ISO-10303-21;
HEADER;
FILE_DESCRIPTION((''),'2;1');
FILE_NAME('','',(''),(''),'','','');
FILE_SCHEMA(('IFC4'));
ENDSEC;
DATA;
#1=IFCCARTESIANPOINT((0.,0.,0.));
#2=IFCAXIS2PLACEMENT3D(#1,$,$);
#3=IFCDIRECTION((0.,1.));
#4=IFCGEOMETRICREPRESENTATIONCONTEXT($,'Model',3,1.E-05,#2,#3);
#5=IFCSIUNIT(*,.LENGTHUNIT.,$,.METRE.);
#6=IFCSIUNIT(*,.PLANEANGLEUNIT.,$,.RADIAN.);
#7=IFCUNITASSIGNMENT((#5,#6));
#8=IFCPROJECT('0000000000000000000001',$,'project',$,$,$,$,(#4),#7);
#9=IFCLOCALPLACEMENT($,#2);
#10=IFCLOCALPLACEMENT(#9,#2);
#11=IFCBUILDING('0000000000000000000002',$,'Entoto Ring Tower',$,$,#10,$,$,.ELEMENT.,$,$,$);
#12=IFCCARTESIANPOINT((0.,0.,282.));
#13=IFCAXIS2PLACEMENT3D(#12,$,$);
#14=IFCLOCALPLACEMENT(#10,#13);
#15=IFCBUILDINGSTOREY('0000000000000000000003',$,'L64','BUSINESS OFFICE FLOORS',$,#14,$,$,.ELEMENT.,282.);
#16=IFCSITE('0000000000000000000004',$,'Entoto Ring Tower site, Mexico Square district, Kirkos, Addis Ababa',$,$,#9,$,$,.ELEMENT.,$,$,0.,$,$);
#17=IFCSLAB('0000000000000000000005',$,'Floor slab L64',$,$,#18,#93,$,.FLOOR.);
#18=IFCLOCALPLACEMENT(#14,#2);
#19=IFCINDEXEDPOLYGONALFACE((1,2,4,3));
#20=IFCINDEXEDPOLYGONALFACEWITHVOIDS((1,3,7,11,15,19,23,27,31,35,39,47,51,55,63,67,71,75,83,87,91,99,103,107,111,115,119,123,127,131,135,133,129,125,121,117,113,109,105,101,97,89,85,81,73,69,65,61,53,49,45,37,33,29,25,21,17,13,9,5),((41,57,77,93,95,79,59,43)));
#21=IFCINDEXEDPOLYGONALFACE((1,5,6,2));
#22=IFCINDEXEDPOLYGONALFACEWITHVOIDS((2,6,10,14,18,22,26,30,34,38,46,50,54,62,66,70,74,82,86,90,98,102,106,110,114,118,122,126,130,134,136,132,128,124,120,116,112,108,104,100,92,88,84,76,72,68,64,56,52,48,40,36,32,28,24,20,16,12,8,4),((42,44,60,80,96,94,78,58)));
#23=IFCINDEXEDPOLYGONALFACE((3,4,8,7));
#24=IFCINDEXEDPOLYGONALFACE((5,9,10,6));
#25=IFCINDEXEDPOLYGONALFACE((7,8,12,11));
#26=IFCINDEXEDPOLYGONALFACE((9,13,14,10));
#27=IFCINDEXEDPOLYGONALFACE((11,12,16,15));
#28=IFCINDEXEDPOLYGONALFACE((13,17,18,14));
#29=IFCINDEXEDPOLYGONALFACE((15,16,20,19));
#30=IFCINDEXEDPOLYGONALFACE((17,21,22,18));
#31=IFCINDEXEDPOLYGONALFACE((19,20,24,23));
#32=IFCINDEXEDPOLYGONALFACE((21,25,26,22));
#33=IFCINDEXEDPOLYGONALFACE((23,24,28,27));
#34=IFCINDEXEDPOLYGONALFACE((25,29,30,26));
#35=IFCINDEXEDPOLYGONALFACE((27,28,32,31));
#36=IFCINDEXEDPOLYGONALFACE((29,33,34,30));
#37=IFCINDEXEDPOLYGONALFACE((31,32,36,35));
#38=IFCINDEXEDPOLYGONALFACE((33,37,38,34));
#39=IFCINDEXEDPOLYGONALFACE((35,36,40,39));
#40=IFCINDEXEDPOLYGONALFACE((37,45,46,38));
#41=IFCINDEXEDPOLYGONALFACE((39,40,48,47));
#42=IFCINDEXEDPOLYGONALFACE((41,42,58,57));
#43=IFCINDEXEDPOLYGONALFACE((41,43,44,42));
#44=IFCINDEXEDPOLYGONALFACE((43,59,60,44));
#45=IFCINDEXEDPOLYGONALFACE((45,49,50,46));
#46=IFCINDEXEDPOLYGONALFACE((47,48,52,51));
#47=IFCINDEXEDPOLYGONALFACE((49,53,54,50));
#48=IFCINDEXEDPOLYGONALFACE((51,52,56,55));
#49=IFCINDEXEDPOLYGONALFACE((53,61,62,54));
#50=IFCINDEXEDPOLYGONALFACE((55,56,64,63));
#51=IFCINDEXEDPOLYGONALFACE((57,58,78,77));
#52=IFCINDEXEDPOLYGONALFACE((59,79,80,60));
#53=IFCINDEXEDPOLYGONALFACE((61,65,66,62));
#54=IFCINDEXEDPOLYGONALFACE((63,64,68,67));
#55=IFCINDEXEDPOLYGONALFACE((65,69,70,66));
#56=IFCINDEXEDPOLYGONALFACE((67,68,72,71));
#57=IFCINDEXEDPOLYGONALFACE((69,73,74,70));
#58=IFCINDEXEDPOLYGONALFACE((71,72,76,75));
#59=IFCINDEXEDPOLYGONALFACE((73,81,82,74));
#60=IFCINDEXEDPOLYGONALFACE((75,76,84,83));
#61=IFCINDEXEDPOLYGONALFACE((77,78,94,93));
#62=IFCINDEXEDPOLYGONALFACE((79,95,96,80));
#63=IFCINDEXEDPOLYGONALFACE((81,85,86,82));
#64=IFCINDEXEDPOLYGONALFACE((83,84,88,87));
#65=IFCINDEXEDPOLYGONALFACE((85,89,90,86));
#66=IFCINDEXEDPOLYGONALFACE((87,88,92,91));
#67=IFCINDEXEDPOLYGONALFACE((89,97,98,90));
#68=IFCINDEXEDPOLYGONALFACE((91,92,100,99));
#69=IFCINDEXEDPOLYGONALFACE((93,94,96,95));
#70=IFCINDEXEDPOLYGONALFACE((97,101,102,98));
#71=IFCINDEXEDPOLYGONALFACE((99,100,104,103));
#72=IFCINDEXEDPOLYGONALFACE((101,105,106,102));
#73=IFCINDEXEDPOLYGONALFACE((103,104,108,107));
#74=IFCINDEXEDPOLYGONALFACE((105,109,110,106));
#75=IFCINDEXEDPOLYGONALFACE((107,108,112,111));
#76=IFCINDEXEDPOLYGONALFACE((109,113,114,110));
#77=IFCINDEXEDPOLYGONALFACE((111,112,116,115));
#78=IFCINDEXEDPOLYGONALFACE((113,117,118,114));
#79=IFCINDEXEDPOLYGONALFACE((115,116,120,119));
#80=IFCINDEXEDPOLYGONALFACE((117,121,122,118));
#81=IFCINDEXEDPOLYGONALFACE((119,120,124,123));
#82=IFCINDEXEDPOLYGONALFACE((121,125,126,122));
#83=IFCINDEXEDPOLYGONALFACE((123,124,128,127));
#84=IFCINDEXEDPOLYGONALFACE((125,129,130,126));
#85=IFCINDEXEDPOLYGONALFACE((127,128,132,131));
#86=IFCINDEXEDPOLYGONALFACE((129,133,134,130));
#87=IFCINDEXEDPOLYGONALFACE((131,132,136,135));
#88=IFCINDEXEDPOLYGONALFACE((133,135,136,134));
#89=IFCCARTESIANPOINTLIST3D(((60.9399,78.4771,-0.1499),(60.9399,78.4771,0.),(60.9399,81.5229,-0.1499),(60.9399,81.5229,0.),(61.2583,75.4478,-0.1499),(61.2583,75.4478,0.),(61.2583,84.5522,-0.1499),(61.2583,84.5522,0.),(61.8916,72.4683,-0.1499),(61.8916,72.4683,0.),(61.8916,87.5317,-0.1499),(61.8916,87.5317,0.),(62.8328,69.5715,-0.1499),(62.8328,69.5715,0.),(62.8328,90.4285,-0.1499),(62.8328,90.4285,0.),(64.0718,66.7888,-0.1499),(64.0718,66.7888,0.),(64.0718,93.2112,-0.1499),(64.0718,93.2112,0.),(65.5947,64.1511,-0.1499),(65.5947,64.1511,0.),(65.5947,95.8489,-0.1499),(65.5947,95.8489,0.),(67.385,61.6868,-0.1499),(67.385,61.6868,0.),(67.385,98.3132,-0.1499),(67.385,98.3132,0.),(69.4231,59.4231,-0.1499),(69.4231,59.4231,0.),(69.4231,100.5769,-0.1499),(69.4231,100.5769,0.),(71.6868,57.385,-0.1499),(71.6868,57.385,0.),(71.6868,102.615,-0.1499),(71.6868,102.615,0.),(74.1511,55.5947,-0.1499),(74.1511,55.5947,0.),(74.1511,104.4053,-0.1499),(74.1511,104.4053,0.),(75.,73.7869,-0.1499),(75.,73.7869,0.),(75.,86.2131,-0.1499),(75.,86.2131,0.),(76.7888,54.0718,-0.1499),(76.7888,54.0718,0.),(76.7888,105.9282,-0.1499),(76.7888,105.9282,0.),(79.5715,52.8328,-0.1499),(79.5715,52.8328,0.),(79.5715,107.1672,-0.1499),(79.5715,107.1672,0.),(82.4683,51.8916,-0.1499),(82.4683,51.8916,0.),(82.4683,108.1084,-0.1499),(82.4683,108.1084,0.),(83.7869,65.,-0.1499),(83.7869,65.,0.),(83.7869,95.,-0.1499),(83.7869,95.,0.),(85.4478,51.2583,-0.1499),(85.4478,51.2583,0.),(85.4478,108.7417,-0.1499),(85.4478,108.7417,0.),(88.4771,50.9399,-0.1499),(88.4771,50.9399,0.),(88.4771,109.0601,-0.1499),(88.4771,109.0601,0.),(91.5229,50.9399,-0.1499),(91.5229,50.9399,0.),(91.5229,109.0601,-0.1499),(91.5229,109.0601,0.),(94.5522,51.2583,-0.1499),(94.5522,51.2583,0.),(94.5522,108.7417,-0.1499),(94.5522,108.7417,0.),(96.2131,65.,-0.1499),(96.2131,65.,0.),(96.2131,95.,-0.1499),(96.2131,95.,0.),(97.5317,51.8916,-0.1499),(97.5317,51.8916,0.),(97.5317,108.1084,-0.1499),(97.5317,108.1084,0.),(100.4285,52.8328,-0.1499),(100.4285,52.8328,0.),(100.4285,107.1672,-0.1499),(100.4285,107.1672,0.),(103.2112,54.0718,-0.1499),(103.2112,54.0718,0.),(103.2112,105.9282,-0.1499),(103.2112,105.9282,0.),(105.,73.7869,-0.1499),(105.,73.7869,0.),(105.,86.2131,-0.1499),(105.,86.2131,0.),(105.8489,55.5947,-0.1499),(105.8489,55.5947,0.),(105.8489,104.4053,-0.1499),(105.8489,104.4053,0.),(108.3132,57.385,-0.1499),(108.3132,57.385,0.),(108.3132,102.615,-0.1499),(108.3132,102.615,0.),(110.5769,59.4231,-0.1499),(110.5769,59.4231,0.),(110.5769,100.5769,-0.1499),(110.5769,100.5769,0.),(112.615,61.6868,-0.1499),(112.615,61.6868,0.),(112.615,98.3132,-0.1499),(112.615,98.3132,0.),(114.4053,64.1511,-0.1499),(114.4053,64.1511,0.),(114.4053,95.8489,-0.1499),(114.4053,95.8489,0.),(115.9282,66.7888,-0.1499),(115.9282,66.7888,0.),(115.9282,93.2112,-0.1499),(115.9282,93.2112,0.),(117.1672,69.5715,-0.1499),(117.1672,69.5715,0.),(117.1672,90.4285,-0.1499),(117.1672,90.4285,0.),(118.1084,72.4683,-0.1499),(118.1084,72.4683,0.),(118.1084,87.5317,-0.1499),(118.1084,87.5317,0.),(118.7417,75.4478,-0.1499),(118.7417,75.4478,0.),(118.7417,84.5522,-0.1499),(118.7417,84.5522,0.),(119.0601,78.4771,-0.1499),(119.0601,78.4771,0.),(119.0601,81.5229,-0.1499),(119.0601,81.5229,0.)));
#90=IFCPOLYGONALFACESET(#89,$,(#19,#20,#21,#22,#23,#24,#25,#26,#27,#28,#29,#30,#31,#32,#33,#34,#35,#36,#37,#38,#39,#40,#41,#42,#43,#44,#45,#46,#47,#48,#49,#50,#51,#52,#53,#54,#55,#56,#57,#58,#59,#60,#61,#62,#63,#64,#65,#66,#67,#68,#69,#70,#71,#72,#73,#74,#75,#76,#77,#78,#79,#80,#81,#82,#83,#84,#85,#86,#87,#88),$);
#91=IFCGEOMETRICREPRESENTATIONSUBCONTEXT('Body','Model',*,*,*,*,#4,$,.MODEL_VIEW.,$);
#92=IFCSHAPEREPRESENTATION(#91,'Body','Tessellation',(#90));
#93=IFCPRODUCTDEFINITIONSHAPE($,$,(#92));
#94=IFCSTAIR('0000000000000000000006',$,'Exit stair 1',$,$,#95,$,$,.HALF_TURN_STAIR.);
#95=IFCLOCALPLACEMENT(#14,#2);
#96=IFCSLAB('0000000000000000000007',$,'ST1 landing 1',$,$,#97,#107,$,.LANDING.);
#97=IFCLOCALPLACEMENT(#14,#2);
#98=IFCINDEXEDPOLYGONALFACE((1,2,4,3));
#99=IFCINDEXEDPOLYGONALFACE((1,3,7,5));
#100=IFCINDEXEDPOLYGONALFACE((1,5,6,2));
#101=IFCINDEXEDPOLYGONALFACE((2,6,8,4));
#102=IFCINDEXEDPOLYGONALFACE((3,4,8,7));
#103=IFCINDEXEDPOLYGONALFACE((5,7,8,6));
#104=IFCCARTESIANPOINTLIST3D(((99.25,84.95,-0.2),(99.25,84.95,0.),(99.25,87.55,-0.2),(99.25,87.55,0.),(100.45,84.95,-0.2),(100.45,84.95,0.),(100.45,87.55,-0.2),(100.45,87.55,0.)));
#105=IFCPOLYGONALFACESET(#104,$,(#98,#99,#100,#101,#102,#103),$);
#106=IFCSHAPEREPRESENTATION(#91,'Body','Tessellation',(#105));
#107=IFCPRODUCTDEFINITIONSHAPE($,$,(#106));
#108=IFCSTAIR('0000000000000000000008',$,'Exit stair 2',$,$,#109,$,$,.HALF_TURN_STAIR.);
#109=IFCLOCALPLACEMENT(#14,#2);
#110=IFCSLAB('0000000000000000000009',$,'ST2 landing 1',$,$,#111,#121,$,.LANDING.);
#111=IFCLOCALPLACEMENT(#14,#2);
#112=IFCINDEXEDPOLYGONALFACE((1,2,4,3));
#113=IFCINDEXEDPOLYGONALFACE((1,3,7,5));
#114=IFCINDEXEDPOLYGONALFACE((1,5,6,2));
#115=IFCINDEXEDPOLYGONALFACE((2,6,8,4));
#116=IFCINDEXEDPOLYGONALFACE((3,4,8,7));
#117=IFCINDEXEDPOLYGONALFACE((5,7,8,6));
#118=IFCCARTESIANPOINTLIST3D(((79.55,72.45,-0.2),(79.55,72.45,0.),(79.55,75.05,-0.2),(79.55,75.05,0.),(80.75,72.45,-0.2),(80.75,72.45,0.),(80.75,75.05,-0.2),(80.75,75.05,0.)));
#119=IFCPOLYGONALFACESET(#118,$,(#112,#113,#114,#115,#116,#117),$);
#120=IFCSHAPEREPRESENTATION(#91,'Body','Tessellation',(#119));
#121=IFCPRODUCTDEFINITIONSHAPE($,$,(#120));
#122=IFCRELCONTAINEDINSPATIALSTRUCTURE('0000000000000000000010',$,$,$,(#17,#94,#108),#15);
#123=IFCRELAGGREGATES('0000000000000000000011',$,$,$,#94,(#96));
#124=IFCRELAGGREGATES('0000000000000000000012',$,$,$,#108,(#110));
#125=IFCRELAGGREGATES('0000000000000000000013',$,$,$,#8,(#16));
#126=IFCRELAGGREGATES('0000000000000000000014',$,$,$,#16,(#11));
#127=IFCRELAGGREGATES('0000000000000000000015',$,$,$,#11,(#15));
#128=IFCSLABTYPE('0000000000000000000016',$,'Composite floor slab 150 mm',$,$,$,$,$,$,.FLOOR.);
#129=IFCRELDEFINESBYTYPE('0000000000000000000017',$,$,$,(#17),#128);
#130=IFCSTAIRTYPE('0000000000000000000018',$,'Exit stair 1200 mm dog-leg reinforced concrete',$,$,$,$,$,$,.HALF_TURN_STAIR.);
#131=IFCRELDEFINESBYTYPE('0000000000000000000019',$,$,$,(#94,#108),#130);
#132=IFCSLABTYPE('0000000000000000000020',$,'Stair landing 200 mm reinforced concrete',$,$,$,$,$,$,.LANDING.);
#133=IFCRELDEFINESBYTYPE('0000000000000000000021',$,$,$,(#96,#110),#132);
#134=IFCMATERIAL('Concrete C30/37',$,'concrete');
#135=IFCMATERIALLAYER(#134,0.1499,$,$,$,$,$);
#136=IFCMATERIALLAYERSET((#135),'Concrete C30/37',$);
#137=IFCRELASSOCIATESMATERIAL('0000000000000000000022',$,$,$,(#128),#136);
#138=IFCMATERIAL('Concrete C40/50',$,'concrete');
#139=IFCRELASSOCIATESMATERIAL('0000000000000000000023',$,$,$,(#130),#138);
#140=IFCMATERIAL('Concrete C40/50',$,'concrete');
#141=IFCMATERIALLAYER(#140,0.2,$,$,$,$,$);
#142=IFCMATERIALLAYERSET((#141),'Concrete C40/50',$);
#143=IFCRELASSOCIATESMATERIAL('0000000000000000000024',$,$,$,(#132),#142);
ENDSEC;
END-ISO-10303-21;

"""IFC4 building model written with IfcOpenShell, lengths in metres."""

from ifc_helpers import new_model, si_unit, direction, frame, origin, place, context, subcontext, project, spatial, polyline, outline, extrude, material, layer, layer_set, type_object, element, aggregate, save


model = new_model("IFC4")

# Units and contexts
model_context = context("Model", 3, precision=1e-05, world=origin(), true_north=direction((0.0, 1.0)))
body_context = subcontext(model_context, "Body", "Model", "MODEL_VIEW")
ifc_project = project(units=[si_unit("LENGTHUNIT", "METRE"), si_unit("PLANEANGLEUNIT", "RADIAN")], contexts=[model_context])

# Site, building, storey
site_placement = place(None, origin())
building_placement = place(site_placement, origin())
storey_placement = place(building_placement, frame((0.0, 0.0, 282.0)))
site = spatial("IfcSite", under=ifc_project, at=site_placement, Name="Entoto Ring Tower site, Mexico Square district, Kirkos, Addis Ababa", CompositionType="ELEMENT", RefElevation=0.0)
building = spatial("IfcBuilding", under=site, at=building_placement, Name="Entoto Ring Tower", CompositionType="ELEMENT")
storey = spatial("IfcBuildingStorey", under=building, at=storey_placement, Name="L64", Description="BUSINESS OFFICE FLOORS", CompositionType="ELEMENT", Elevation=282.0)

# Slab
ifc_material_1 = material(Name="Concrete C30/37", Category="concrete")
ifc_layer_1 = layer(ifc_material_1, 0.1499)
ifc_layer_set_1 = layer_set([ifc_layer_1], Name="Concrete C30/37")
slab_type_1 = type_object("IfcSlabType", Name="Composite floor slab 150 mm", PredefinedType="FLOOR", material=ifc_layer_set_1)
slab_1_placement = place(storey_placement, frame((0.0, 0.0, -0.1499)))
element("IfcSlab", 1, at=slab_1_placement, inside=storey, type_object=slab_type_1, Name="Floor slab L64", PredefinedType="FLOOR", context=body_context, shape_type="SweptSolid", body=[
    extrude(outline(polyline([(118.7417, 84.5522), (118.1084, 87.5317), (117.1672, 90.4285), (115.9282, 93.2112), (114.4053, 95.8489), (112.615, 98.3132), (110.5769, 100.5769), (108.3132, 102.615), (105.8489, 104.4053), (103.2112, 105.9282), (100.4285, 107.1672), (97.5317, 108.1084), (94.5522, 108.7417), (91.5229, 109.0601), (88.4771, 109.0601), (85.4478, 108.7417), (82.4683, 108.1084), (79.5715, 107.1672), (76.7888, 105.9282), (74.1511, 104.4053), (71.6868, 102.615), (69.4231, 100.5769), (67.385, 98.3132), (65.5947, 95.8489), (64.0718, 93.2112), (62.8328, 90.4285), (61.8916, 87.5317), (61.2583, 84.5522), (60.9399, 81.5229), (60.9399, 78.4771), (61.2583, 75.4478), (61.8916, 72.4683), (62.8328, 69.5715), (64.0718, 66.7888), (65.5947, 64.1511), (67.385, 61.6868), (69.4231, 59.4231), (71.6868, 57.385), (74.1511, 55.5947), (76.7888, 54.0718), (79.5715, 52.8328), (82.4683, 51.8916), (85.4478, 51.2583), (88.4771, 50.9399), (91.5229, 50.9399), (94.5522, 51.2583), (97.5317, 51.8916), (100.4285, 52.8328), (103.2112, 54.0718), (105.8489, 55.5947), (108.3132, 57.385), (110.5769, 59.4231), (112.615, 61.6868), (114.4053, 64.1511), (115.9282, 66.7888), (117.1672, 69.5715), (118.1084, 72.4683), (118.7417, 75.4478), (119.0601, 78.4771), (119.0601, 81.5229), (118.7417, 84.5522)]), holes=[polyline([(105.0, 73.7869), (105.0, 86.2131), (96.2131, 95.0), (83.7869, 95.0), (75.0, 86.2131), (75.0, 73.7869), (83.7869, 65.0), (96.2131, 65.0), (105.0, 73.7869)])]), origin(), (0.0, 0.0, 1.0), 0.1499),
])

# Stairs, slabs
ifc_material_2 = material(Name="Concrete C40/50", Category="concrete")
stair_type = type_object("IfcStairType", Name="Exit stair 1200 mm dog-leg reinforced concrete", PredefinedType="HALF_TURN_STAIR", material=ifc_material_2)
stair_1_placement = place(storey_placement, origin())
stair_1 = element("IfcStair", 2, at=stair_1_placement, inside=storey, type_object=stair_type, Name="Exit stair 1", PredefinedType="HALF_TURN_STAIR")
ifc_material_3 = material(Name="Concrete C40/50", Category="concrete")
ifc_layer_2 = layer(ifc_material_3, 0.2)
ifc_layer_set_2 = layer_set([ifc_layer_2], Name="Concrete C40/50")
slab_type_2 = type_object("IfcSlabType", Name="Stair landing 200 mm reinforced concrete", PredefinedType="LANDING", material=ifc_layer_set_2)
slab_2_placement = place(storey_placement, frame((0.0, 0.0, -0.2)))
slab_2 = element("IfcSlab", 3, at=slab_2_placement, type_object=slab_type_2, Name="ST1 landing 1", PredefinedType="LANDING", context=body_context, shape_type="SweptSolid", body=[
    extrude(outline(polyline([(100.45, 84.95), (100.45, 87.55), (99.25, 87.55), (99.25, 84.95), (100.45, 84.95)])), origin(), (0.0, 0.0, 1.0), 0.2),
])
aggregate(stair_1, [slab_2])
stair_2_placement = place(storey_placement, origin())
stair_2 = element("IfcStair", 4, at=stair_2_placement, inside=storey, type_object=stair_type, Name="Exit stair 2", PredefinedType="HALF_TURN_STAIR")
slab_3_placement = place(storey_placement, frame((0.0, 0.0, -0.2)))
slab_3 = element("IfcSlab", 5, at=slab_3_placement, type_object=slab_type_2, Name="ST2 landing 1", PredefinedType="LANDING", context=body_context, shape_type="SweptSolid", body=[
    extrude(outline(polyline([(80.75, 72.45), (80.75, 75.05), (79.55, 75.05), (79.55, 72.45), (80.75, 72.45)])), origin(), (0.0, 0.0, 1.0), 0.2),
])
aggregate(stair_2, [slab_3])

save(model, "model.ifc")
